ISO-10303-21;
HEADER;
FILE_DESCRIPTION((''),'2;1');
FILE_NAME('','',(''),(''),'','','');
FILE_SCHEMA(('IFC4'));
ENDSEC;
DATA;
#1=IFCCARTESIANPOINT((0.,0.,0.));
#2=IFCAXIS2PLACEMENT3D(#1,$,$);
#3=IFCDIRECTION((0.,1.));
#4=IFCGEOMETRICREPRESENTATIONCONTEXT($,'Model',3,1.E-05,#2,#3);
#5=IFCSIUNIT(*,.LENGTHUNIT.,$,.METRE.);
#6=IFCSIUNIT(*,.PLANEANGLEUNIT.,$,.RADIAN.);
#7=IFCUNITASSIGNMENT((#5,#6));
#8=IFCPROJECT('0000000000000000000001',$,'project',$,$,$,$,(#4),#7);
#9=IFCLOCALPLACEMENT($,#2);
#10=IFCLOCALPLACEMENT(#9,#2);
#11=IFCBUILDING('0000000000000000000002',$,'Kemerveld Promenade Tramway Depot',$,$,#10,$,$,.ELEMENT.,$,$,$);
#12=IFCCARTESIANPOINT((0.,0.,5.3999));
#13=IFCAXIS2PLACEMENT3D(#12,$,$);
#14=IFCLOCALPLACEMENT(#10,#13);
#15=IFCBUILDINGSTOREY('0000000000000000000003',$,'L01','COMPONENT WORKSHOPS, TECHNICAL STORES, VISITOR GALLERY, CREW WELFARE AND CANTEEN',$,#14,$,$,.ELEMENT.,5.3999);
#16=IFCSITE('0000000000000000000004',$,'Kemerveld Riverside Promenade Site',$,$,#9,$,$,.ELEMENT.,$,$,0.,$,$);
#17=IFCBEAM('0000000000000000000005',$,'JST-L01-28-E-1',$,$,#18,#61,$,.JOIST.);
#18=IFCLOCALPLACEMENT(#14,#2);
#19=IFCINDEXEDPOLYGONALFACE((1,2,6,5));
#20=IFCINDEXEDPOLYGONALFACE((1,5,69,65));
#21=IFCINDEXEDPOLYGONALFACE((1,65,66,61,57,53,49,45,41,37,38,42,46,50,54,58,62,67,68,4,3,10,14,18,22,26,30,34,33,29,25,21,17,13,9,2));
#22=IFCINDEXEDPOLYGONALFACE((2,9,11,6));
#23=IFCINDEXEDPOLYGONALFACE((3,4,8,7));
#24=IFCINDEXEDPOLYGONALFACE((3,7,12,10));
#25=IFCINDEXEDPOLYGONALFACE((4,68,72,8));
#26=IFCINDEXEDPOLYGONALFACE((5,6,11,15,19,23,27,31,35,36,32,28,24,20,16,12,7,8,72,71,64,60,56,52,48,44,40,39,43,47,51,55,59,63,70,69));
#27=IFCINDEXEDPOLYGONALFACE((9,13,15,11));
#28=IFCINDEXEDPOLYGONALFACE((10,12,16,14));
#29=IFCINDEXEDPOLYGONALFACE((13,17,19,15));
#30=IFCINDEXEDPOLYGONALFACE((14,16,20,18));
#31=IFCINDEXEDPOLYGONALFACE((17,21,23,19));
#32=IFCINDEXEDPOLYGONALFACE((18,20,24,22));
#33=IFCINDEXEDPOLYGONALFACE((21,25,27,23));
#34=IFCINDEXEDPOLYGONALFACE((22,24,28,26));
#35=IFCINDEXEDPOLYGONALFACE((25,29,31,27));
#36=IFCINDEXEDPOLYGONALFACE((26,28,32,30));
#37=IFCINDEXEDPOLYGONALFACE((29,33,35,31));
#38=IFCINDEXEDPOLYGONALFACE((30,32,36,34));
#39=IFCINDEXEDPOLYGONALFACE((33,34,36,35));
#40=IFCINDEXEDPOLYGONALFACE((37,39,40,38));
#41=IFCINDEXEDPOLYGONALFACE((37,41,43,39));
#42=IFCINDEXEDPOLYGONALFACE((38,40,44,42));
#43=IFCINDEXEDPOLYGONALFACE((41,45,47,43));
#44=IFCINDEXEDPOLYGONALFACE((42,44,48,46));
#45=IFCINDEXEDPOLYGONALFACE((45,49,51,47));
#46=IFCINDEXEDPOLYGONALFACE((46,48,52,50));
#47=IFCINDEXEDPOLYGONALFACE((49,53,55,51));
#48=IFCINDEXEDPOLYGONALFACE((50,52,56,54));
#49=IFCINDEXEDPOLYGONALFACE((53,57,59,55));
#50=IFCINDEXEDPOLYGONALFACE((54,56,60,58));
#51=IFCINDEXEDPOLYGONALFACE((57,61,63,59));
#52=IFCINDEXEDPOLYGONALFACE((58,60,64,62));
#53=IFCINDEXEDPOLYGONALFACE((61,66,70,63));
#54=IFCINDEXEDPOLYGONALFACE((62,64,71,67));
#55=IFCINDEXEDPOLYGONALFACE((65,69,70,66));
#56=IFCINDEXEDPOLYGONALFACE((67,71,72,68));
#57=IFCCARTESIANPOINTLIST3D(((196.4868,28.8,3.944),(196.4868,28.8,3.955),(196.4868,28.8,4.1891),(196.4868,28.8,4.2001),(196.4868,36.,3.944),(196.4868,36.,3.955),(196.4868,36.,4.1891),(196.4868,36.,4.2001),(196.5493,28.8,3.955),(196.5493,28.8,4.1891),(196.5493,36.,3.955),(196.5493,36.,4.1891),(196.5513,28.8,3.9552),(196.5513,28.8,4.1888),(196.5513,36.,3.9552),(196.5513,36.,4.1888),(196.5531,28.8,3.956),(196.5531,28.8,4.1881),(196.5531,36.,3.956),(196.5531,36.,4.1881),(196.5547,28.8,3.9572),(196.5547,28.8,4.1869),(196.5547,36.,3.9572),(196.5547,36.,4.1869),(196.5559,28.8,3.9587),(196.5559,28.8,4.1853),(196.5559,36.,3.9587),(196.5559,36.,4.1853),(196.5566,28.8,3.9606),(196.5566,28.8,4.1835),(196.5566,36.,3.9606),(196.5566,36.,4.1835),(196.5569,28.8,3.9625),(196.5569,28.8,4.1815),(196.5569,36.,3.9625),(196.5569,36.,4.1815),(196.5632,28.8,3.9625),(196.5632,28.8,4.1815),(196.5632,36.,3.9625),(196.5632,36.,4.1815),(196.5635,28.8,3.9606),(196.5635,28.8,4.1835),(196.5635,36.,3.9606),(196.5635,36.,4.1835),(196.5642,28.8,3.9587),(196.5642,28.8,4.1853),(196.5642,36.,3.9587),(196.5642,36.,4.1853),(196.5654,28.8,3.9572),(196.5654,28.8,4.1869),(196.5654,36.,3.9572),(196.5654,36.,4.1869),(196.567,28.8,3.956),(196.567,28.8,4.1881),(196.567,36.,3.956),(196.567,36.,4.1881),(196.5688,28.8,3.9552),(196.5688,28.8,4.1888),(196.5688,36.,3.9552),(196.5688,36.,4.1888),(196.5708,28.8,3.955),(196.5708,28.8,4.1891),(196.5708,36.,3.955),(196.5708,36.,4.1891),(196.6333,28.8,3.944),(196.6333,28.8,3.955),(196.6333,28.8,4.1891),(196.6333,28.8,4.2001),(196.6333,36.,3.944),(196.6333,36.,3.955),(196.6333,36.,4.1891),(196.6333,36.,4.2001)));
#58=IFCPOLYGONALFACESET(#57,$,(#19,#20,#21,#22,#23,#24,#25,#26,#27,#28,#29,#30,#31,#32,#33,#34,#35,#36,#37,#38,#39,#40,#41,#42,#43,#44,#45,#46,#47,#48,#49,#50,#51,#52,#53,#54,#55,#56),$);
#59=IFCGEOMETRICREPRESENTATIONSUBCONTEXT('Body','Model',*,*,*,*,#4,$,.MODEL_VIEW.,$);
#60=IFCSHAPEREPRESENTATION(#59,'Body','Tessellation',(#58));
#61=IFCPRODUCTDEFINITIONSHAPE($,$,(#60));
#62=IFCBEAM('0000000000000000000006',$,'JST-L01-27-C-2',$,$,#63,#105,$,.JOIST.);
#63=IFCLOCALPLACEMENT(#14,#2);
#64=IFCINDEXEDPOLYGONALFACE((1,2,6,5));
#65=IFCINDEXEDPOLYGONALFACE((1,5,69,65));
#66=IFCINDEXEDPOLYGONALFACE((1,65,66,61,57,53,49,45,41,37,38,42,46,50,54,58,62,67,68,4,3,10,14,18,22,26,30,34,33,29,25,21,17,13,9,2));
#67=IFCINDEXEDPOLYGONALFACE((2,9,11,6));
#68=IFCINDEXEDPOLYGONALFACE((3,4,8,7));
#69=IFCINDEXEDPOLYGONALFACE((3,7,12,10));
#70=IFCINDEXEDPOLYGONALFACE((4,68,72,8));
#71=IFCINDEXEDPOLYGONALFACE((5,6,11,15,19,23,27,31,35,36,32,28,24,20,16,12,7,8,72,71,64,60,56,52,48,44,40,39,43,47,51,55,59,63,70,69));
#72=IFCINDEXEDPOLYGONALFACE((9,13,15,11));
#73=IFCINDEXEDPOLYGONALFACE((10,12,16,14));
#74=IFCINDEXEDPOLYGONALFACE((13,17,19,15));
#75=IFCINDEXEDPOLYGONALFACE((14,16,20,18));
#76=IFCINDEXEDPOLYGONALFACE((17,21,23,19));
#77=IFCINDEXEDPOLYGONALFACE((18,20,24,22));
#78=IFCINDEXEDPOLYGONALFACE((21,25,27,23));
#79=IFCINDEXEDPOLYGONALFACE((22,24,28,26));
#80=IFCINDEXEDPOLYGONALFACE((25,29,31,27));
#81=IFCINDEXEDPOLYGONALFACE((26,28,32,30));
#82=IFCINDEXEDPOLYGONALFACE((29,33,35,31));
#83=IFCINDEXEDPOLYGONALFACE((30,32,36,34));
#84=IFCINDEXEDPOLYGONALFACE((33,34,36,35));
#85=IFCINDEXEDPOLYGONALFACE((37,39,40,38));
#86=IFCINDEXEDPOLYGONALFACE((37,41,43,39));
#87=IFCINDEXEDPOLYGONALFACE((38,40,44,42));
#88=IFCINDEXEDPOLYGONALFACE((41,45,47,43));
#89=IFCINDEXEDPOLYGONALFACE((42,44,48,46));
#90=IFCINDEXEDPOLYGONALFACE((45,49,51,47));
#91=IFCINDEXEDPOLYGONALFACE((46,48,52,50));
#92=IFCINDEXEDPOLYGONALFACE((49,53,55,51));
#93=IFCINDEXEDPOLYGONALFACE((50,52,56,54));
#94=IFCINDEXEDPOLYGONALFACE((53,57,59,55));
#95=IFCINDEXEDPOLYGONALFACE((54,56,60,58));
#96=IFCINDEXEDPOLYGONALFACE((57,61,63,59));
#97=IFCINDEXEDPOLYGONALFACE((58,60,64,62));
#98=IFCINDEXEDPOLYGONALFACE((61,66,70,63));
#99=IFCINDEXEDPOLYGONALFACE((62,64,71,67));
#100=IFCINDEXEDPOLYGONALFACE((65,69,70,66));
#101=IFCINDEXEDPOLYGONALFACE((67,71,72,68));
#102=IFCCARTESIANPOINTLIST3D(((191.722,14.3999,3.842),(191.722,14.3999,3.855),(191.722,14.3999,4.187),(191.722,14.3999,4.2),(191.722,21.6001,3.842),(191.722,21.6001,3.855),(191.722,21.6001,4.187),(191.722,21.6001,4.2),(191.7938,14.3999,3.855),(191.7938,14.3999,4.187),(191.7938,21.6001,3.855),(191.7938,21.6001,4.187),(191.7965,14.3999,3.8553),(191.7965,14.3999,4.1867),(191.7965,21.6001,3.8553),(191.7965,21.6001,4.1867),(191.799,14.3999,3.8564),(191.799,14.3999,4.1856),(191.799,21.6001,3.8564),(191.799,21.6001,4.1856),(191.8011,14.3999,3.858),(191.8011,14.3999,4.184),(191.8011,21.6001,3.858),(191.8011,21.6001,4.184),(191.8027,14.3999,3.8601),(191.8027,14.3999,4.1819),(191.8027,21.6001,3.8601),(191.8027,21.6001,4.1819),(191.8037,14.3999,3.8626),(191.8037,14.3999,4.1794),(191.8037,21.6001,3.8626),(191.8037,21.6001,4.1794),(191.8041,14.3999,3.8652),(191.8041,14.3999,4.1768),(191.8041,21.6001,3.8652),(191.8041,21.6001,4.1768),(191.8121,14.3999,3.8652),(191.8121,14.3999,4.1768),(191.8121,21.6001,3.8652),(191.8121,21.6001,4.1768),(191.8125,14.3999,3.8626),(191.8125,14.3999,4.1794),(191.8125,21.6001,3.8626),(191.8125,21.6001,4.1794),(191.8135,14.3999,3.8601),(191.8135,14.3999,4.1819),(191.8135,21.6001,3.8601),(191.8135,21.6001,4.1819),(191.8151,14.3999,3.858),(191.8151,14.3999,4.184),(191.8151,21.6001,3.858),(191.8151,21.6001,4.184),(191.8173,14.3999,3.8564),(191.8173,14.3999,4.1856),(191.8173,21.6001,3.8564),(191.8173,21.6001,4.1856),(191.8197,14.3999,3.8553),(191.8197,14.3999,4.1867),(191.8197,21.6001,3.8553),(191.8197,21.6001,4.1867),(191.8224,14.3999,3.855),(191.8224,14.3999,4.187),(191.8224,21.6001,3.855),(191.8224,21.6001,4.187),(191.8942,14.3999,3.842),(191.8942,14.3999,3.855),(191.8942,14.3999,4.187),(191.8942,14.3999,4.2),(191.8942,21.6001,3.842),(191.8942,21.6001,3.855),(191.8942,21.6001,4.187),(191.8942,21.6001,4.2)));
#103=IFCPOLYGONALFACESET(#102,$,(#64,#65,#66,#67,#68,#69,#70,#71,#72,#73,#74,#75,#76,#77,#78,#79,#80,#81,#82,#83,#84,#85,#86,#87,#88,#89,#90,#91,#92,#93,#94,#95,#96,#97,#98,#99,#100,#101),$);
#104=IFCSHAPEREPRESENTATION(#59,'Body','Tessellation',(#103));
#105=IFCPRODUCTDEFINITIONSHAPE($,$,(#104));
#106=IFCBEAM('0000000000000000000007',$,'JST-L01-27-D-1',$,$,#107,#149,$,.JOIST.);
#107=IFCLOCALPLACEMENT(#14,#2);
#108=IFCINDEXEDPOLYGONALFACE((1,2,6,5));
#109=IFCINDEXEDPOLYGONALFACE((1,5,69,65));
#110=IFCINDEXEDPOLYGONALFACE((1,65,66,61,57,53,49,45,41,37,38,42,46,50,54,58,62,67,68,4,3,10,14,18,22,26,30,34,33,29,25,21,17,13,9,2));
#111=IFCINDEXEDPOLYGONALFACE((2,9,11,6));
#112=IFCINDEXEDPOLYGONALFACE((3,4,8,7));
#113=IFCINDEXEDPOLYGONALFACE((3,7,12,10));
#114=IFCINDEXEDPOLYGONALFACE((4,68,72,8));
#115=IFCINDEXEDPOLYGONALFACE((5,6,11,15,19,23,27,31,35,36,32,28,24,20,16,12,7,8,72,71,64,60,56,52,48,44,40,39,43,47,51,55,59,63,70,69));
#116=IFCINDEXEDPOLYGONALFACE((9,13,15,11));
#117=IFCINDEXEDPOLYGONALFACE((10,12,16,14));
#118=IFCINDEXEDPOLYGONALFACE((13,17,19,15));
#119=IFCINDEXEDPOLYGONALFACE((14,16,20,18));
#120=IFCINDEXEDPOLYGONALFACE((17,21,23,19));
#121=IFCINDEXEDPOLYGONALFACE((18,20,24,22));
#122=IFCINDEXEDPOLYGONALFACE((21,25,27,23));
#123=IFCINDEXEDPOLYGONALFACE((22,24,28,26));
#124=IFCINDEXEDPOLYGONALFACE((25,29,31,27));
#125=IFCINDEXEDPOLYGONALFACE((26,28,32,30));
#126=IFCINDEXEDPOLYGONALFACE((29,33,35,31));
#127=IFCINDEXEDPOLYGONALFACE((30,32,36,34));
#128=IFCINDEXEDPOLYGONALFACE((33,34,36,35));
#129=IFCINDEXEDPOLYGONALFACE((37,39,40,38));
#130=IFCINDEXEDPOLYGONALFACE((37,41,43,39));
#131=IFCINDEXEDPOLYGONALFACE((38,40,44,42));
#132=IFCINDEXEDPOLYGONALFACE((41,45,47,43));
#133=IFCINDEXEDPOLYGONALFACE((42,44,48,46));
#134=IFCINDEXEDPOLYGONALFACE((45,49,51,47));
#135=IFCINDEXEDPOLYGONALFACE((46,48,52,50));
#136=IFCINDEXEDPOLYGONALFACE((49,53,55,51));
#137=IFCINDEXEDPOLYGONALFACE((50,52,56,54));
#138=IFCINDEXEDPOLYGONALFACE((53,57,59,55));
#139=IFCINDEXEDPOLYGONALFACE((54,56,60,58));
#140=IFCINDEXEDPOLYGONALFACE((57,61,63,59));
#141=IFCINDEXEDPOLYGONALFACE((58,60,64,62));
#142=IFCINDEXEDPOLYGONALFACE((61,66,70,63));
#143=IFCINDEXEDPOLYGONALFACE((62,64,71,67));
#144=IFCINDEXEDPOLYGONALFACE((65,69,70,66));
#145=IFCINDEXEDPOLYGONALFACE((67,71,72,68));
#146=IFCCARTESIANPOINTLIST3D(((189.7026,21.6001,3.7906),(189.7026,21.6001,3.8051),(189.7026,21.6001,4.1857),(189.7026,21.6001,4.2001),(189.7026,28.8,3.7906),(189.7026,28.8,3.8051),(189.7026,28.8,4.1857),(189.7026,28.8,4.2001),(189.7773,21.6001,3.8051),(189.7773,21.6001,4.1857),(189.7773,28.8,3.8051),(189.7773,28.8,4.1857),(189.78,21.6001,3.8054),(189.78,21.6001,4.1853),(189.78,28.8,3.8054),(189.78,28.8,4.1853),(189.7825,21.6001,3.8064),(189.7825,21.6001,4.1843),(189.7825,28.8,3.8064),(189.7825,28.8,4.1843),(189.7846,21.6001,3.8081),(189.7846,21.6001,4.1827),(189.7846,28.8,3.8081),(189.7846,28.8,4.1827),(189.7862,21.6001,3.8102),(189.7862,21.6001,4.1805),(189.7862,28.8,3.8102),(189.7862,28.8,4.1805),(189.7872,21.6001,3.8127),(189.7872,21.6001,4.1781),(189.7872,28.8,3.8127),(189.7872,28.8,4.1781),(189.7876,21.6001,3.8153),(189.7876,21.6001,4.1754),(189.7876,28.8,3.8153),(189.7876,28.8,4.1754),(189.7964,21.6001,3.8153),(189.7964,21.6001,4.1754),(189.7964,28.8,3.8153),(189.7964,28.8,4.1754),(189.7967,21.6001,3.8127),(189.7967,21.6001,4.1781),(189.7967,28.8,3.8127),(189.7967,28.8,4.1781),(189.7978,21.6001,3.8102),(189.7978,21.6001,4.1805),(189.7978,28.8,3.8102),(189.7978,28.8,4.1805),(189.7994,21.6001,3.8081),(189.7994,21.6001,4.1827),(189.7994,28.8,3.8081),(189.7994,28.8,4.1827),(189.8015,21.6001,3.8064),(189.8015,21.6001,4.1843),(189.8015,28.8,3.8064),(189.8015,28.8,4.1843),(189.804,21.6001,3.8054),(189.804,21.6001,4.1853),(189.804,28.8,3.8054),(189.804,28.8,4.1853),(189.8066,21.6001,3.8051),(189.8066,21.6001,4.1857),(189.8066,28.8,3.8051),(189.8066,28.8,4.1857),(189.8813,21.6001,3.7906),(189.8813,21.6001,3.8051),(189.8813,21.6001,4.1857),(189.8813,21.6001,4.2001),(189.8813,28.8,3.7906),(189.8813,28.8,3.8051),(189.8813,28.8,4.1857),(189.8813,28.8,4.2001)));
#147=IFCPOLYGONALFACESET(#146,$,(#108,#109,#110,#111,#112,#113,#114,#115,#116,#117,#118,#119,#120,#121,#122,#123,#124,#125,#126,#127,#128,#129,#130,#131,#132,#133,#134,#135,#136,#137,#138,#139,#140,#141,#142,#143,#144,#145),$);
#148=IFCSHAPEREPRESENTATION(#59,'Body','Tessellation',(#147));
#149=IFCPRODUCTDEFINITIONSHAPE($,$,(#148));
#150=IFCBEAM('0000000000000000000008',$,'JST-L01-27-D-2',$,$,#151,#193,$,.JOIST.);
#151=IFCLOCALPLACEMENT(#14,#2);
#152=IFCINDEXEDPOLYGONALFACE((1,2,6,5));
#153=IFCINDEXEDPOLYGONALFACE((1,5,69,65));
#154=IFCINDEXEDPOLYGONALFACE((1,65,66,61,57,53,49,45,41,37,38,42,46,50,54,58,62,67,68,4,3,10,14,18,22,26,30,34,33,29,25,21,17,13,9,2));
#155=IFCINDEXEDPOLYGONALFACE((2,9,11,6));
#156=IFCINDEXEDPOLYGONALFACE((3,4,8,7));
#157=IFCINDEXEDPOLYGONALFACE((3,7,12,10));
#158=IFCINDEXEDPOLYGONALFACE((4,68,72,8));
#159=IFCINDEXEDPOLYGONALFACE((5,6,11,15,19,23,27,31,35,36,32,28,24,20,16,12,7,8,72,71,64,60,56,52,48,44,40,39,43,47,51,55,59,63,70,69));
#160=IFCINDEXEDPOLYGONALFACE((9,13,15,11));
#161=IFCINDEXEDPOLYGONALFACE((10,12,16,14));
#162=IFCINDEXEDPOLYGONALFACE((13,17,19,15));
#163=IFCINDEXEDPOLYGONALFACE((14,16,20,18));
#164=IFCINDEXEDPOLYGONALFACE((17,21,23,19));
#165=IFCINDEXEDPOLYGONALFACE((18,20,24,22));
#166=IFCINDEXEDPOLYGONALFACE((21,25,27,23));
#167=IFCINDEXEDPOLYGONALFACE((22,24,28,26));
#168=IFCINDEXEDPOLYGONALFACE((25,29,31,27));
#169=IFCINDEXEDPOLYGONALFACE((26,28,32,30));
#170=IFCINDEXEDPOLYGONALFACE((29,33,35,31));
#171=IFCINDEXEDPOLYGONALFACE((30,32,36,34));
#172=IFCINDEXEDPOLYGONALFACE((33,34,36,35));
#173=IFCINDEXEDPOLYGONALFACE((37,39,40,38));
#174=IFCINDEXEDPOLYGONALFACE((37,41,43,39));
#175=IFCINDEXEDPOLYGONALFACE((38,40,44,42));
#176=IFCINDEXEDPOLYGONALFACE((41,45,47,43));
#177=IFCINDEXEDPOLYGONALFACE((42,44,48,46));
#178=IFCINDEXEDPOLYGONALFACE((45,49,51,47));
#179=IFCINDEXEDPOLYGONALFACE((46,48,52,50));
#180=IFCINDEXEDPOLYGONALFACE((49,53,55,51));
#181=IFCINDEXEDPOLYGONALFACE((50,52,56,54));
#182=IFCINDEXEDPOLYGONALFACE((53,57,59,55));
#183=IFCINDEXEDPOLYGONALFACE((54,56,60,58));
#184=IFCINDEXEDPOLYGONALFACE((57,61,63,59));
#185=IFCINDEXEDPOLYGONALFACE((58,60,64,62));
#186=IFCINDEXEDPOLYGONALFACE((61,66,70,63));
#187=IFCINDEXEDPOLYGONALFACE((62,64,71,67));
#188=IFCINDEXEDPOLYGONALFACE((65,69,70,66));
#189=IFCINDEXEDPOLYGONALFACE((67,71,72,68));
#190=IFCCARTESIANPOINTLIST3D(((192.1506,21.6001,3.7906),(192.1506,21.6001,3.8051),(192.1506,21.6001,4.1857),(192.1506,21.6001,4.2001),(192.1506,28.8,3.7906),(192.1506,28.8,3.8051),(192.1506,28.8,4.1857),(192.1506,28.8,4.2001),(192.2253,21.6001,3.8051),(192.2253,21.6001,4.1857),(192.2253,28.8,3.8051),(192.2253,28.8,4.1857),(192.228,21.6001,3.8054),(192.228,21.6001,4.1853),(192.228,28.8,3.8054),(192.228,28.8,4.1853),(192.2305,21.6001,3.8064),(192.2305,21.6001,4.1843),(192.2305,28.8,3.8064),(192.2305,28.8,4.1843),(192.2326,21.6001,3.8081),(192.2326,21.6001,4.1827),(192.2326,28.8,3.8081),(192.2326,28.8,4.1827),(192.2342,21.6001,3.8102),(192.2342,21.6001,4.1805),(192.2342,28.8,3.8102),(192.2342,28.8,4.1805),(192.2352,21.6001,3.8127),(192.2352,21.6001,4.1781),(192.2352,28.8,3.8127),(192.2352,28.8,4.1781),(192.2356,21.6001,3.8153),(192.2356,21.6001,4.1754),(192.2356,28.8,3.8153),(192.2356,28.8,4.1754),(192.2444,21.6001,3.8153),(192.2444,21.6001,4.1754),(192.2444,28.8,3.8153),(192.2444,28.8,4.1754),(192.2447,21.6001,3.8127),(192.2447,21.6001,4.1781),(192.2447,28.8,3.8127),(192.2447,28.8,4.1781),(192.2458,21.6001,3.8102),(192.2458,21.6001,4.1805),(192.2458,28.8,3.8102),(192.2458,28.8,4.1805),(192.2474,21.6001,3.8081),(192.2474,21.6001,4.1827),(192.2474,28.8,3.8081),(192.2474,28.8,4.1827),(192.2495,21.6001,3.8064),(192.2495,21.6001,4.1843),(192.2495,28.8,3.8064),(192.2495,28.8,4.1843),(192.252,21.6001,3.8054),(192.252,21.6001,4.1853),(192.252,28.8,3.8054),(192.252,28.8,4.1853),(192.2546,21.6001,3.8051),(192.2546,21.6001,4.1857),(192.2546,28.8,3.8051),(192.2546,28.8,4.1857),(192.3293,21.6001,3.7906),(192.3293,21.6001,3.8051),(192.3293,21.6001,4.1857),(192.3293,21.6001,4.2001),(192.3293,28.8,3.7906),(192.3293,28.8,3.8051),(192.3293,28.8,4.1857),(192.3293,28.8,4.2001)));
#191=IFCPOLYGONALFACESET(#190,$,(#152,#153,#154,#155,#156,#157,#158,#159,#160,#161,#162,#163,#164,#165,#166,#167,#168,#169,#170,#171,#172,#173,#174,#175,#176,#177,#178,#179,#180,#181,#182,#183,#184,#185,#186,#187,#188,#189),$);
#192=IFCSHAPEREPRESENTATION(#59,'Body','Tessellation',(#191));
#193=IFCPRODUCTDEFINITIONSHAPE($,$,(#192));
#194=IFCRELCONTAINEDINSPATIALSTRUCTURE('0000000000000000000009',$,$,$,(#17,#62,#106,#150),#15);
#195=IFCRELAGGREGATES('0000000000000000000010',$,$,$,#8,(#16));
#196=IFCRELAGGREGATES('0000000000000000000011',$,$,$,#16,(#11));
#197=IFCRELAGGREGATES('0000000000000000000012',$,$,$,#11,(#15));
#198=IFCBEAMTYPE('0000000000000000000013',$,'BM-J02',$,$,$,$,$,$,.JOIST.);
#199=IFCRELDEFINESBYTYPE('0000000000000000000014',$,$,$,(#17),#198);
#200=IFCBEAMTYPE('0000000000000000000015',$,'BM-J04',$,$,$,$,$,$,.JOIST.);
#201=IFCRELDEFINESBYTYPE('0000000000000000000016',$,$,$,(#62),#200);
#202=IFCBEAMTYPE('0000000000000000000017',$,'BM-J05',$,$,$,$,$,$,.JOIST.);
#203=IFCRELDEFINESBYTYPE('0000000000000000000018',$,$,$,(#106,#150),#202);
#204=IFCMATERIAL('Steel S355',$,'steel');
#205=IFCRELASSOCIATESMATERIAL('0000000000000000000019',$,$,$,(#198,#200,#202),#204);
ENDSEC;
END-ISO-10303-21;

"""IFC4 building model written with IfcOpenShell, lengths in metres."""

from ifc_helpers import new_model, si_unit, direction, frame, origin, origin_2d, place, context, subcontext, project, spatial, i_section, extrude, material, material_profile, profile_set, type_object, element, save


model = new_model("IFC4")

# Units and contexts
model_context = context("Model", 3, precision=1e-05, world=origin(), true_north=direction((0.0, 1.0)))
body_context = subcontext(model_context, "Body", "Model", "MODEL_VIEW")
ifc_project = project(units=[si_unit("LENGTHUNIT", "METRE"), si_unit("PLANEANGLEUNIT", "RADIAN")], contexts=[model_context])

# Site, building, storey
site_placement = place(None, origin())
site = spatial("IfcSite", under=ifc_project, at=site_placement, Name="Kemerveld Riverside Promenade Site", CompositionType="ELEMENT", RefElevation=0.0)
building_placement = place(site_placement, origin())
building = spatial("IfcBuilding", under=site, at=building_placement, Name="Kemerveld Promenade Tramway Depot", CompositionType="ELEMENT")
storey_placement = place(building_placement, frame((0.0, 0.0, 5.3999)))
storey = spatial("IfcBuildingStorey", under=building, at=storey_placement, Name="L01", Description="COMPONENT WORKSHOPS, TECHNICAL STORES, VISITOR GALLERY, CREW WELFARE AND CANTEEN", CompositionType="ELEMENT", Elevation=5.3999)

# Shared definitions
ifc_material_1 = material(Name="Steel S355", Category="steel")

# Beams
ifc_material_profile_1 = material_profile(ifc_material_1, i_section(OverallWidth=0.1465, OverallDepth=0.2561, WebThickness=0.0063, FlangeThickness=0.011, FilletRadius=0.0076, at=origin_2d()), Name="254x146x37 UB")
ifc_profile_set_1 = profile_set([ifc_material_profile_1], Name="Steel S355")
beam_type_1 = type_object("IfcBeamType", Name="BM-J02", PredefinedType="JOIST", material=ifc_profile_set_1)
beam_1_placement = place(storey_placement, frame((196.5601, 28.8, 4.072), z_axis=(0.0, 1.0, 0.0), x_axis=(-1.0, 0.0, 0.0)))
element("IfcBeam", 1, at=beam_1_placement, inside=storey, type_object=beam_type_1, Name="JST-L01-28-E-1", PredefinedType="JOIST", context=body_context, shape_type="SweptSolid", body=[
    extrude(i_section(OverallWidth=0.1465, OverallDepth=0.2561, WebThickness=0.0063, FlangeThickness=0.011, FilletRadius=0.0076, at=origin_2d()), origin(), (0.0, 0.0, 1.0), 7.2),
])
ifc_material_profile_2 = material_profile(ifc_material_1, i_section(OverallWidth=0.1721, OverallDepth=0.3579, WebThickness=0.0081, FlangeThickness=0.0129, FilletRadius=0.0103, at=origin_2d()), Name="356x171x57 UB")
ifc_profile_set_2 = profile_set([ifc_material_profile_2], Name="Steel S355")
beam_type_2 = type_object("IfcBeamType", Name="BM-J04", PredefinedType="JOIST", material=ifc_profile_set_2)
beam_2_placement = place(storey_placement, frame((191.8081, 14.3999, 4.021), z_axis=(0.0, 1.0, 0.0), x_axis=(-1.0, 0.0, 0.0)))
element("IfcBeam", 2, at=beam_2_placement, inside=storey, type_object=beam_type_2, Name="JST-L01-27-C-2", PredefinedType="JOIST", context=body_context, shape_type="SweptSolid", body=[
    extrude(i_section(OverallWidth=0.1721, OverallDepth=0.3579, WebThickness=0.0081, FlangeThickness=0.0129, FilletRadius=0.0103, at=origin_2d()), origin(), (0.0, 0.0, 1.0), 7.2002),
])
ifc_material_profile_3 = material_profile(ifc_material_1, i_section(OverallWidth=0.1787, OverallDepth=0.4094, WebThickness=0.0088, FlangeThickness=0.0144, FilletRadius=0.0103, at=origin_2d()), Name="406x178x67 UB")
ifc_profile_set_3 = profile_set([ifc_material_profile_3], Name="Steel S355")
beam_type_3 = type_object("IfcBeamType", Name="BM-J05", PredefinedType="JOIST", material=ifc_profile_set_3)
for number, where, z_axis, x_axis, name in (
    (3, (189.792, 21.6001, 3.9954), (0.0, 1.0, 0.0), (-1.0, 0.0, 0.0), "JST-L01-27-D-1"),
    (4, (192.24, 21.6001, 3.9954), (0.0, 1.0, 0.0), (-1.0, 0.0, 0.0), "JST-L01-27-D-2"),
):
    element("IfcBeam", number, at=place(storey_placement, frame(where, z_axis=z_axis, x_axis=x_axis)), inside=storey, type_object=beam_type_3, Name=name, PredefinedType="JOIST", context=body_context, shape_type="SweptSolid", body=[
        extrude(i_section(OverallWidth=0.1787, OverallDepth=0.4094, WebThickness=0.0088, FlangeThickness=0.0144, FilletRadius=0.0103, at=origin_2d()), origin(), (0.0, 0.0, 1.0), 7.2),
    ])

save(model, "model.ifc")
